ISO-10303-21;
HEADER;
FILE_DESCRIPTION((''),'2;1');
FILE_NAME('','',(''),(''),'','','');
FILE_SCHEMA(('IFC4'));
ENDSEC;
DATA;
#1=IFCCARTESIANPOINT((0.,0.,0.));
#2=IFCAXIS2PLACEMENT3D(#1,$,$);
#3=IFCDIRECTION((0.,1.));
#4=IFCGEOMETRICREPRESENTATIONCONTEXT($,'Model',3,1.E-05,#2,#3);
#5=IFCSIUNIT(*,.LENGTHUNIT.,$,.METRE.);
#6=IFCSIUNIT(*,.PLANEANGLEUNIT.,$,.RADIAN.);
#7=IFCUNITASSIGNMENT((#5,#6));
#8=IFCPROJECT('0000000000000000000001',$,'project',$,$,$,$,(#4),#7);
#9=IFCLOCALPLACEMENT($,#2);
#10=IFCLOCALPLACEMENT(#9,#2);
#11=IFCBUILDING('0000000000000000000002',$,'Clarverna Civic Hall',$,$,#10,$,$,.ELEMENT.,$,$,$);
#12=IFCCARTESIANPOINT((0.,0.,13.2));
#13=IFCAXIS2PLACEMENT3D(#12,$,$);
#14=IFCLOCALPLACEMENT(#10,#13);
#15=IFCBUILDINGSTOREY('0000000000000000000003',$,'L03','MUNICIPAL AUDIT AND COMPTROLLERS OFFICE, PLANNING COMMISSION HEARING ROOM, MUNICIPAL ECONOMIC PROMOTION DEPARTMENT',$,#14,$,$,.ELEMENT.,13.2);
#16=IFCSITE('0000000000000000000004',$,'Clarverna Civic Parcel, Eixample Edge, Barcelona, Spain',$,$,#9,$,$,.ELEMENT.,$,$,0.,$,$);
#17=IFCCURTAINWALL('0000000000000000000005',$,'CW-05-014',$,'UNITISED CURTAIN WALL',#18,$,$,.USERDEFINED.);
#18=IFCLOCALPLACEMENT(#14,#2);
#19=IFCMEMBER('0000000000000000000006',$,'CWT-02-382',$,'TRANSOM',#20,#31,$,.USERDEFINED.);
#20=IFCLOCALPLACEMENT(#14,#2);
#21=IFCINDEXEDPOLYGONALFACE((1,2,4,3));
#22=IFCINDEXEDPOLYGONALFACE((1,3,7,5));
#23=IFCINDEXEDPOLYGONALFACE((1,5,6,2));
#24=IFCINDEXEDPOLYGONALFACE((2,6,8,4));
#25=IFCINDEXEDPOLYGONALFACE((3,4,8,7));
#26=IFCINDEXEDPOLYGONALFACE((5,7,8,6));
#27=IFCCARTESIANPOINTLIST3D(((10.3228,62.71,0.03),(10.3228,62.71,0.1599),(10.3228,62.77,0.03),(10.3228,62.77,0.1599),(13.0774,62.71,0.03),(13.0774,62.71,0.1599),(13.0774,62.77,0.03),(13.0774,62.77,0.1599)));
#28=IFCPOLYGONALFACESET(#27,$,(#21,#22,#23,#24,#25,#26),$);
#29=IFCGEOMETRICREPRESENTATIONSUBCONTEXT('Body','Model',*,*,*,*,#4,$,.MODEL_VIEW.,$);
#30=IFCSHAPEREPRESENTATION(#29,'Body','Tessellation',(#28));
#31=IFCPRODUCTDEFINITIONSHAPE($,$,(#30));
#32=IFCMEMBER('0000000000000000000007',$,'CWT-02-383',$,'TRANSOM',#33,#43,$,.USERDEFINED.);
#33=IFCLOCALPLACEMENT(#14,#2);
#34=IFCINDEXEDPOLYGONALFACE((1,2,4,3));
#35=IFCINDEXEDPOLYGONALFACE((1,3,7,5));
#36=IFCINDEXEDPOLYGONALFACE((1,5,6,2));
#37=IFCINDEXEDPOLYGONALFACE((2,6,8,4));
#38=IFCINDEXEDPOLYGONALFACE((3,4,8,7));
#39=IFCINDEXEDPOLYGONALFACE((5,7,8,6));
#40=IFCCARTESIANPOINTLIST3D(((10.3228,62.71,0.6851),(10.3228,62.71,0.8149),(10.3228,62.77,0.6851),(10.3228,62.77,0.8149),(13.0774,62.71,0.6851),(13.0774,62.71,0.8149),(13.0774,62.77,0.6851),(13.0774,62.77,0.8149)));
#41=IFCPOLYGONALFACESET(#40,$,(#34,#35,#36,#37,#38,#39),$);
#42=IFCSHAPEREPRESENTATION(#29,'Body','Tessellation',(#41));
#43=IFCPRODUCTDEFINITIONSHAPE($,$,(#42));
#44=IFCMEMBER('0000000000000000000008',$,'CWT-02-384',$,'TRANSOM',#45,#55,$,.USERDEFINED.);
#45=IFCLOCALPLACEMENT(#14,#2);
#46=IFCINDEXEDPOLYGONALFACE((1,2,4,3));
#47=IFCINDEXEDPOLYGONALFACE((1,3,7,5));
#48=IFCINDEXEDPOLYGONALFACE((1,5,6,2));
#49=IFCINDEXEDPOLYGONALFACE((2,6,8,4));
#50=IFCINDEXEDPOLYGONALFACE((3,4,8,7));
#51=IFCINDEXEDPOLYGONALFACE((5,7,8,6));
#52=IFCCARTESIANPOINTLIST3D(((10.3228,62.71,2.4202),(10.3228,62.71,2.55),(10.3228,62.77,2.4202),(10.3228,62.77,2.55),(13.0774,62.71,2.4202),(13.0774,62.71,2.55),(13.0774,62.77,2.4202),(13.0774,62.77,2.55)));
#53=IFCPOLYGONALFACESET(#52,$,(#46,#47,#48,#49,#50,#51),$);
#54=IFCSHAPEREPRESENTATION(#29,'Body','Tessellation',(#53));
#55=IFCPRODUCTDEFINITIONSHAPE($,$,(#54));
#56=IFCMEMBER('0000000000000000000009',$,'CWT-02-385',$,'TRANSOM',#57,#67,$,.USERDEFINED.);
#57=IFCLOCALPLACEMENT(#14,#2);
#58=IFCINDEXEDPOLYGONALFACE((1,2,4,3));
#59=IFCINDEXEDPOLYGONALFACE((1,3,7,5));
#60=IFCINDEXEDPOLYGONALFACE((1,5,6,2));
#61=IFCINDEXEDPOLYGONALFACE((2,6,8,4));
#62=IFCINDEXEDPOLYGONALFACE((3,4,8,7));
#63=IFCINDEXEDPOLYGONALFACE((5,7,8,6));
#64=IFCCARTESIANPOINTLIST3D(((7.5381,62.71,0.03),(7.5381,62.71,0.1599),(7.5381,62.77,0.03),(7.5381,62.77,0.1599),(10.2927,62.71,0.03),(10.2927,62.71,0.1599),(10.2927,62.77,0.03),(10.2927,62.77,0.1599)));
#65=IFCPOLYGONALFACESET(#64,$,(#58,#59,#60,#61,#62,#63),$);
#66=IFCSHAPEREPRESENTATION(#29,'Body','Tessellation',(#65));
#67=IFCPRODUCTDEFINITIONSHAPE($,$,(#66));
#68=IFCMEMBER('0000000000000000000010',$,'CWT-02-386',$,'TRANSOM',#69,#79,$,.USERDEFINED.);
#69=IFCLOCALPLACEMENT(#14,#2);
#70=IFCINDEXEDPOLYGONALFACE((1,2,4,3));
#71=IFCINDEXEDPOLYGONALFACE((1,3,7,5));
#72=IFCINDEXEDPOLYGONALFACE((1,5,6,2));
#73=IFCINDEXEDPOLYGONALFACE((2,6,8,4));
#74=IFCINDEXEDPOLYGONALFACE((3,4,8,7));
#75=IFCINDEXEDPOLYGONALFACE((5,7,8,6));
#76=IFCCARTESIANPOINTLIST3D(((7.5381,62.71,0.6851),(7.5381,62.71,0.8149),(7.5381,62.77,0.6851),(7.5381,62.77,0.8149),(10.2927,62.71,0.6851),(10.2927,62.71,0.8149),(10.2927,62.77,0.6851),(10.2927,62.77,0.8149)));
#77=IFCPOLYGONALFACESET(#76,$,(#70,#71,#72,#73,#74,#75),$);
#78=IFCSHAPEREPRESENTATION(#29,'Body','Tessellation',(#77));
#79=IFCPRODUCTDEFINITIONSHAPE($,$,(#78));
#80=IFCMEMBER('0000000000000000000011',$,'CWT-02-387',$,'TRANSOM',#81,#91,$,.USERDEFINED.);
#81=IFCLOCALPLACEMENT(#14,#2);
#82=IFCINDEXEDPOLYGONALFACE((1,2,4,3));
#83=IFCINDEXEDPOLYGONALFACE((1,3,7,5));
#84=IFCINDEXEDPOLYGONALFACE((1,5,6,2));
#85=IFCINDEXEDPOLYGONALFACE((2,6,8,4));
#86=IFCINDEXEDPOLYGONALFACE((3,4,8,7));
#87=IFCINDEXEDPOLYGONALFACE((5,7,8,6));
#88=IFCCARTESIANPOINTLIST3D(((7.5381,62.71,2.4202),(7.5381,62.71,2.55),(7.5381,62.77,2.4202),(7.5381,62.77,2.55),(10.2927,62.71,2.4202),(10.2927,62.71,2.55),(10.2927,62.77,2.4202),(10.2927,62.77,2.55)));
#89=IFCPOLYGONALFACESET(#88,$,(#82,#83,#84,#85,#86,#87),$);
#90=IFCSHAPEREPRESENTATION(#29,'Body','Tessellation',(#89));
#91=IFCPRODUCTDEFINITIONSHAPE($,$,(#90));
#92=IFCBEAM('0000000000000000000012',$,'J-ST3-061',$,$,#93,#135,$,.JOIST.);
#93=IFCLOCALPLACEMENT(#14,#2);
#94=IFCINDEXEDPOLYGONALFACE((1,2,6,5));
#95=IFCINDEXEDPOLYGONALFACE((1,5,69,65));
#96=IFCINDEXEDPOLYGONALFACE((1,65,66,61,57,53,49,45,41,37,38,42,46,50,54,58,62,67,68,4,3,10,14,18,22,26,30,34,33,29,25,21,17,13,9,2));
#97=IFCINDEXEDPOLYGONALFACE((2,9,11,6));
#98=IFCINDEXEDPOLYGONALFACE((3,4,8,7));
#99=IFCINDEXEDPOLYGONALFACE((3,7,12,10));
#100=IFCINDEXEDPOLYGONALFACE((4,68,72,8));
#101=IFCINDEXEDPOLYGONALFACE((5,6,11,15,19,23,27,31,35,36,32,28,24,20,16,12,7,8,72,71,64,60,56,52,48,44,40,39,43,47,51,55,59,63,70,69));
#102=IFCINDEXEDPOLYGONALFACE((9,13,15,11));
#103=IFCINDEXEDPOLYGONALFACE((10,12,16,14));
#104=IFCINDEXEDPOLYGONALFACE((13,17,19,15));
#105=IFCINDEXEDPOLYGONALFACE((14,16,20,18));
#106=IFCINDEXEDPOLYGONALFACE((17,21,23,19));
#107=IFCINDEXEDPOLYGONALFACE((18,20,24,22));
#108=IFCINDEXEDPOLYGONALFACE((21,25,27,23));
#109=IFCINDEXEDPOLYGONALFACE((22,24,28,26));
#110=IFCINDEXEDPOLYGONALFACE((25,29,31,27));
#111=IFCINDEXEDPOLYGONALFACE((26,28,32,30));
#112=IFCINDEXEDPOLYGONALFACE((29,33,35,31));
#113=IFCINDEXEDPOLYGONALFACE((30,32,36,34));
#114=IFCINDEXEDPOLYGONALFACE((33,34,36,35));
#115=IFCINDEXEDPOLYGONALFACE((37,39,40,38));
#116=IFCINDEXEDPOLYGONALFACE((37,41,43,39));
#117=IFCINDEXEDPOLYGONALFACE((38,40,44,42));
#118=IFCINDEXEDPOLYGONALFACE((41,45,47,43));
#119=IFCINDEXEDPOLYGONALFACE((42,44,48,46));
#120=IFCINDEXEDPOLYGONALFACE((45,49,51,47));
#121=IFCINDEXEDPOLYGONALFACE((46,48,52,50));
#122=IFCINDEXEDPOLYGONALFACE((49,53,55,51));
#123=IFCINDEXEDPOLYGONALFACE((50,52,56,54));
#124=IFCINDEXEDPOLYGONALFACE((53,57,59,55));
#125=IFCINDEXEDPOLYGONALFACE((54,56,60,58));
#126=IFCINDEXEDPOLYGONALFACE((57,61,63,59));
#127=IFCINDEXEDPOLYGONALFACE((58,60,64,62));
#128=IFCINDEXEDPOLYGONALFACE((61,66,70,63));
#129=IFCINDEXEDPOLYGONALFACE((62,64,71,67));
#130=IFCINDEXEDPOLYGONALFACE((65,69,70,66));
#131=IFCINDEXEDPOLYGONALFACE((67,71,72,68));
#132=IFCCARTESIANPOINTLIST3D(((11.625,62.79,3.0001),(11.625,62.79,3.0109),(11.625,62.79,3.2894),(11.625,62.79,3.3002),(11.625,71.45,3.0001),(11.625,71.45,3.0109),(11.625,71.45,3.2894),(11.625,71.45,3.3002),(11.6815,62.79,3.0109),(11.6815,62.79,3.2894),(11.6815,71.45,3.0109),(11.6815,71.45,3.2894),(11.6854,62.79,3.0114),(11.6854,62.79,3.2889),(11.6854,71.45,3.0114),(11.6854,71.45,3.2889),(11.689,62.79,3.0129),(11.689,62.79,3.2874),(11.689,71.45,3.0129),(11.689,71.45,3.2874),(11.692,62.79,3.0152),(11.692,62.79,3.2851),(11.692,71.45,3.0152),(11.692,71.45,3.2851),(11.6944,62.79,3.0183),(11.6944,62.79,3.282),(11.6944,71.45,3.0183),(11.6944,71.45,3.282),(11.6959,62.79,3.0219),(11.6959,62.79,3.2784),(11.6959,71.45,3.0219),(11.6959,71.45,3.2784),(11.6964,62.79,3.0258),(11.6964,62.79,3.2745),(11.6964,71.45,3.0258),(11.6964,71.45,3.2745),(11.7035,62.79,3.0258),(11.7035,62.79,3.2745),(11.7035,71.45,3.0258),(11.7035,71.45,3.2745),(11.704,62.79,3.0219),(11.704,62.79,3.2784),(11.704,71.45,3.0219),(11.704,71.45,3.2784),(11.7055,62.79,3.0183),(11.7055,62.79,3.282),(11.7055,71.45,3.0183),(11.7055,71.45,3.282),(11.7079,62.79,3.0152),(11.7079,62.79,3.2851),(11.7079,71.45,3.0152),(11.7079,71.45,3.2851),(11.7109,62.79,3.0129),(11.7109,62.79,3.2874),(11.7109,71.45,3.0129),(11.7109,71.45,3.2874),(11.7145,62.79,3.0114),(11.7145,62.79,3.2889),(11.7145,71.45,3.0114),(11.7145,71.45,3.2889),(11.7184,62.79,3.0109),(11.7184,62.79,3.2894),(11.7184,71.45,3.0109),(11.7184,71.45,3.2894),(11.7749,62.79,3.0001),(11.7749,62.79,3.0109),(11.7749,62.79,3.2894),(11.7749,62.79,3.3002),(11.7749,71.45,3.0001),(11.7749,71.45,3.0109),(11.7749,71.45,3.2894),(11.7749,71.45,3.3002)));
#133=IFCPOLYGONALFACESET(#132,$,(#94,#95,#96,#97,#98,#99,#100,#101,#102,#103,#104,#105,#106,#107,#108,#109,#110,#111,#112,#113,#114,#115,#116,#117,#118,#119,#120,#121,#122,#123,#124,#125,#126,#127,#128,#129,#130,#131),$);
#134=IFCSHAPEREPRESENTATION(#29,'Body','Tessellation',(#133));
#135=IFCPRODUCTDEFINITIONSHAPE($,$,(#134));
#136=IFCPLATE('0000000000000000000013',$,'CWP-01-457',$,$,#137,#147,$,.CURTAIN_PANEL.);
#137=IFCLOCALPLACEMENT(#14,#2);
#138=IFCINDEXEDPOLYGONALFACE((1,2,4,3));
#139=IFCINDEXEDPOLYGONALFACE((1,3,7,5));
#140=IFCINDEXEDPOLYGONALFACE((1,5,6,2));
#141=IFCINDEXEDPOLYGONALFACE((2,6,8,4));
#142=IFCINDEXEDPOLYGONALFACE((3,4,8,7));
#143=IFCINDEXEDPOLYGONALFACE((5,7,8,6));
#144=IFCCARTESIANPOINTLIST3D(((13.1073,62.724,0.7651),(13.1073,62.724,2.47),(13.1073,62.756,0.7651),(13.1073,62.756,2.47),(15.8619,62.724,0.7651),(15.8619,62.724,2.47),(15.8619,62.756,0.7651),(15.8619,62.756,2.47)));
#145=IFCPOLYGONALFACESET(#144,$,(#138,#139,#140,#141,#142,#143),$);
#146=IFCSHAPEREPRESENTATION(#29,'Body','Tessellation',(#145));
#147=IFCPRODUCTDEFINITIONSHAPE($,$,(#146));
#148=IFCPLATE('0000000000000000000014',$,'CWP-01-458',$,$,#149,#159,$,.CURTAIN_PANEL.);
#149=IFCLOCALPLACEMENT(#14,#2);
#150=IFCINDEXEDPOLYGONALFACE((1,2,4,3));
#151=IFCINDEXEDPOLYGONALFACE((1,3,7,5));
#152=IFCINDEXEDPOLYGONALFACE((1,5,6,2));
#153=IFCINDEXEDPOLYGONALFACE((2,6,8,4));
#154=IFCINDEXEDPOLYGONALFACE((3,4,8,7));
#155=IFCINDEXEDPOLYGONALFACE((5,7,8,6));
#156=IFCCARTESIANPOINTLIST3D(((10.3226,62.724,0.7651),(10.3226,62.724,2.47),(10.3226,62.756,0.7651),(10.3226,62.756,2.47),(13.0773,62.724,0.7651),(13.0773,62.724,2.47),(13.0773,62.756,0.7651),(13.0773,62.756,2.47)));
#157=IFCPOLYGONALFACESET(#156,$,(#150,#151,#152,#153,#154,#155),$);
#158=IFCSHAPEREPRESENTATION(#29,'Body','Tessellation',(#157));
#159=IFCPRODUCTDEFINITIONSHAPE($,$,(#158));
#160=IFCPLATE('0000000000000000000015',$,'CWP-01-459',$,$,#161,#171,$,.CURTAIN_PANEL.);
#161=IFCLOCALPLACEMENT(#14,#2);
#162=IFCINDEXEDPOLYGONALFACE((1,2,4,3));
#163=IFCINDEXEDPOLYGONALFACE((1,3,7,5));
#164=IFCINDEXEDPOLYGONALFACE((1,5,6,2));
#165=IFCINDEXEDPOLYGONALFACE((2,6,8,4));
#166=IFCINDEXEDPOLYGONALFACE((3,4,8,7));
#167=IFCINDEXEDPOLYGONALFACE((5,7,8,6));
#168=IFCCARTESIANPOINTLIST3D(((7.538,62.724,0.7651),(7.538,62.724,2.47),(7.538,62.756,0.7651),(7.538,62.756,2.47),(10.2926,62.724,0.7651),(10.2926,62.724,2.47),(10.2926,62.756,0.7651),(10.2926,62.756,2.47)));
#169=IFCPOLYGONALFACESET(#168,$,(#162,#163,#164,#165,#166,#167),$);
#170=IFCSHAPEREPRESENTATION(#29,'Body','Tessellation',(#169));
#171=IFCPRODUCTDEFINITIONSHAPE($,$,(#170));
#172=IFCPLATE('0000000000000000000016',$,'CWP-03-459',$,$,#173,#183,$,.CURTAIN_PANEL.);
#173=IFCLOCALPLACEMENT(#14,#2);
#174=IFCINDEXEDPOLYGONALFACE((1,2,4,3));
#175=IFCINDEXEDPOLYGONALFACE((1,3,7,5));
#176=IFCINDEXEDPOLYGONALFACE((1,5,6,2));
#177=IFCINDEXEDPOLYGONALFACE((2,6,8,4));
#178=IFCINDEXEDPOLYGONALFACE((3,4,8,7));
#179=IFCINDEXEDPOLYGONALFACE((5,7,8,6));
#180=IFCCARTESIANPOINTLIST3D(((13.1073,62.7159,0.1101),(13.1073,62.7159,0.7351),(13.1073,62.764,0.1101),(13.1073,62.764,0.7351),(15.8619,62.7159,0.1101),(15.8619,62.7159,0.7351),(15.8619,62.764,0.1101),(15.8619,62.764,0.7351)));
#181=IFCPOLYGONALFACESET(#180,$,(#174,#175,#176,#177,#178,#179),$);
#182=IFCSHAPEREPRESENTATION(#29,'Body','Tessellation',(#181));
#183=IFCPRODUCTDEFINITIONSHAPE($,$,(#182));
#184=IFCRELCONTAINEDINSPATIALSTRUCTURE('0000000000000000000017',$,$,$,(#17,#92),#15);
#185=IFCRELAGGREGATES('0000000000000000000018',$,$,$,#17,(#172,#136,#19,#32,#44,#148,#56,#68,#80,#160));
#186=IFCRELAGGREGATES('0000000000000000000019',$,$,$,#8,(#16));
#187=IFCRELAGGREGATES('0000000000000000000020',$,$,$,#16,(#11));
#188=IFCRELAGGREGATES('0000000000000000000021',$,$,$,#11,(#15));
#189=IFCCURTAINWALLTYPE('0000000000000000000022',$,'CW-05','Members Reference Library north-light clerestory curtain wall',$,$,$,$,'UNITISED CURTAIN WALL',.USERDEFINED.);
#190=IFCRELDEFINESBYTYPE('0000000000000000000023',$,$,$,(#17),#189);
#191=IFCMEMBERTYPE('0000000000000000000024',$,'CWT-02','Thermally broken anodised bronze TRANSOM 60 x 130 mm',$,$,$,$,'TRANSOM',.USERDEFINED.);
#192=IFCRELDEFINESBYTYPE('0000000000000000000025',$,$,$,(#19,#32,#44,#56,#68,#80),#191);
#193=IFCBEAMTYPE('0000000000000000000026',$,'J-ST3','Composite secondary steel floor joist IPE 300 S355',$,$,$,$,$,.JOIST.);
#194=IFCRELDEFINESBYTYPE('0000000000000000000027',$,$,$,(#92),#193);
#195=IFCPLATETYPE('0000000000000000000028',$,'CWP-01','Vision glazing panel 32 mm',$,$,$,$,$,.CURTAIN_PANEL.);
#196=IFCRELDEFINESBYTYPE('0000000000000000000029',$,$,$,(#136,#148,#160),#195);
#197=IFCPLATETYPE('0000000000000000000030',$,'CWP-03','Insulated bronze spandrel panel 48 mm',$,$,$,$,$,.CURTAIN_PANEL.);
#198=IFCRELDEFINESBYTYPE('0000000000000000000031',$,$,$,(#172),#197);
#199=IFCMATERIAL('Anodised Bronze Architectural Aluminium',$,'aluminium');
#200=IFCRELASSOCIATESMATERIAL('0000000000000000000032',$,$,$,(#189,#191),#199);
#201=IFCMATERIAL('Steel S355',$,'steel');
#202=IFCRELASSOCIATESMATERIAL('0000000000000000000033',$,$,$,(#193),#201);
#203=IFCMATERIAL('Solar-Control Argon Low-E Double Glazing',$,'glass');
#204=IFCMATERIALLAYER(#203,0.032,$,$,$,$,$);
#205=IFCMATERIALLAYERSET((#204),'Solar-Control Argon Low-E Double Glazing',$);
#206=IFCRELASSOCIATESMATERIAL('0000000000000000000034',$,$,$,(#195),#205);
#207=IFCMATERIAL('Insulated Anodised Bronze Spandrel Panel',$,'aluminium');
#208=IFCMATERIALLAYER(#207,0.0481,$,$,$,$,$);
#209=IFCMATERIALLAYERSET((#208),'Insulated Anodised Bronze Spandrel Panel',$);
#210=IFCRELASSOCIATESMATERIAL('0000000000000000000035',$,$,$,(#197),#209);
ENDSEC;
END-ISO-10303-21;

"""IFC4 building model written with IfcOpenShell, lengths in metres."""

from ifc_helpers import new_model, si_unit, direction, frame, frame_2d, origin, origin_2d, place, context, subcontext, project, spatial, rectangle, i_section, extrude, material, layer, layer_set, material_profile, profile_set, type_object, element, aggregate, save


model = new_model("IFC4")

# Units and contexts
model_context = context("Model", 3, precision=1e-05, world=origin(), true_north=direction((0.0, 1.0)))
body_context = subcontext(model_context, "Body", "Model", "MODEL_VIEW")
ifc_project = project(units=[si_unit("LENGTHUNIT", "METRE"), si_unit("PLANEANGLEUNIT", "RADIAN")], contexts=[model_context])

# Site, building, storey
site_placement = place(None, origin())
site = spatial("IfcSite", under=ifc_project, at=site_placement, Name="Clarverna Civic Parcel, Eixample Edge, Barcelona, Spain", CompositionType="ELEMENT", RefElevation=0.0)
building_placement = place(site_placement, origin())
building = spatial("IfcBuilding", under=site, at=building_placement, Name="Clarverna Civic Hall", CompositionType="ELEMENT")
storey_placement = place(building_placement, frame((0.0, 0.0, 13.2)))
storey = spatial("IfcBuildingStorey", under=building, at=storey_placement, Name="L03", Description="MUNICIPAL AUDIT AND COMPTROLLERS OFFICE, PLANNING COMMISSION HEARING ROOM, MUNICIPAL ECONOMIC PROMOTION DEPARTMENT", CompositionType="ELEMENT", Elevation=13.2)

# Curtain wall, members
ifc_material_1 = material(Name="Anodised Bronze Architectural Aluminium", Category="aluminium")
curtain_wall_type = type_object("IfcCurtainWallType", Name="CW-05", Description="Members Reference Library north-light clerestory curtain wall", ElementType="UNITISED CURTAIN WALL", PredefinedType="USERDEFINED", material=ifc_material_1)
curtain_wall_placement = place(storey_placement, origin())
curtain_wall = element("IfcCurtainWall", 1, at=curtain_wall_placement, inside=storey, type_object=curtain_wall_type, Name="CW-05-014", ObjectType="UNITISED CURTAIN WALL", PredefinedType="USERDEFINED")
ifc_material_profile_1 = material_profile(ifc_material_1, rectangle(XDim=0.0601, YDim=0.1299, at=origin_2d()), Name="BRONZE 60x130")
ifc_profile_set_1 = profile_set([ifc_material_profile_1], Name="Anodised Bronze Architectural Aluminium")
member_type_1 = type_object("IfcMemberType", Name="CWT-02", Description="Thermally broken anodised bronze TRANSOM 60 x 130 mm", ElementType="TRANSOM", PredefinedType="USERDEFINED", material=ifc_profile_set_1)
member_1_placement = place(storey_placement, frame((13.0774, 62.74, 0.095), z_axis=(-1.0, 0.0, 0.0), x_axis=(0.0, -1.0, 0.0)))
member_1 = element("IfcMember", 2, at=member_1_placement, type_object=member_type_1, Name="CWT-02-382", ObjectType="TRANSOM", PredefinedType="USERDEFINED", context=body_context, shape_type="SweptSolid", body=[
    extrude(rectangle(XDim=0.0601, YDim=0.1299, at=origin_2d()), origin(), (0.0, 0.0, 1.0), 2.7546),
])
member_2_placement = place(storey_placement, frame((13.0774, 62.74, 0.75), z_axis=(-1.0, 0.0, 0.0), x_axis=(0.0, -1.0, 0.0)))
member_2 = element("IfcMember", 3, at=member_2_placement, type_object=member_type_1, Name="CWT-02-383", ObjectType="TRANSOM", PredefinedType="USERDEFINED", context=body_context, shape_type="SweptSolid", body=[
    extrude(rectangle(XDim=0.0601, YDim=0.1299, at=origin_2d()), origin(), (0.0, 0.0, 1.0), 2.7546),
])
member_3_placement = place(storey_placement, frame((13.0774, 62.74, 2.4851), z_axis=(-1.0, 0.0, 0.0), x_axis=(0.0, -1.0, 0.0)))
member_3 = element("IfcMember", 4, at=member_3_placement, type_object=member_type_1, Name="CWT-02-384", ObjectType="TRANSOM", PredefinedType="USERDEFINED", context=body_context, shape_type="SweptSolid", body=[
    extrude(rectangle(XDim=0.0601, YDim=0.1299, at=origin_2d()), origin(), (0.0, 0.0, 1.0), 2.7546),
])
member_4_placement = place(storey_placement, frame((10.2927, 62.74, 0.095), z_axis=(-1.0, 0.0, 0.0), x_axis=(0.0, -1.0, 0.0)))
member_4 = element("IfcMember", 5, at=member_4_placement, type_object=member_type_1, Name="CWT-02-385", ObjectType="TRANSOM", PredefinedType="USERDEFINED", context=body_context, shape_type="SweptSolid", body=[
    extrude(rectangle(XDim=0.0601, YDim=0.1299, at=origin_2d()), origin(), (0.0, 0.0, 1.0), 2.7546),
])
member_5_placement = place(storey_placement, frame((10.2927, 62.74, 0.75), z_axis=(-1.0, 0.0, 0.0), x_axis=(0.0, -1.0, 0.0)))
member_5 = element("IfcMember", 6, at=member_5_placement, type_object=member_type_1, Name="CWT-02-386", ObjectType="TRANSOM", PredefinedType="USERDEFINED", context=body_context, shape_type="SweptSolid", body=[
    extrude(rectangle(XDim=0.0601, YDim=0.1299, at=origin_2d()), origin(), (0.0, 0.0, 1.0), 2.7546),
])
member_6_placement = place(storey_placement, frame((10.2927, 62.74, 2.4851), z_axis=(-1.0, 0.0, 0.0), x_axis=(0.0, -1.0, 0.0)))
member_6 = element("IfcMember", 7, at=member_6_placement, type_object=member_type_1, Name="CWT-02-387", ObjectType="TRANSOM", PredefinedType="USERDEFINED", context=body_context, shape_type="SweptSolid", body=[
    extrude(rectangle(XDim=0.0601, YDim=0.1299, at=origin_2d()), origin(), (0.0, 0.0, 1.0), 2.7546),
])

# Beam
ifc_material_2 = material(Name="Steel S355", Category="steel")
ifc_material_profile_2 = material_profile(ifc_material_2, i_section(OverallWidth=0.1499, OverallDepth=0.3, WebThickness=0.0071, FlangeThickness=0.0107, FilletRadius=0.0149, at=origin_2d()), Name="IPE 300")
ifc_profile_set_2 = profile_set([ifc_material_profile_2], Name="Steel S355")
beam_type_1 = type_object("IfcBeamType", Name="J-ST3", Description="Composite secondary steel floor joist IPE 300 S355", PredefinedType="JOIST", material=ifc_profile_set_2)
beam_1_placement = place(storey_placement, frame((11.7, 62.79, 3.1501), z_axis=(0.0, 1.0, 0.0), x_axis=(-1.0, 0.0, 0.0)))
element("IfcBeam", 8, at=beam_1_placement, inside=storey, type_object=beam_type_1, Name="J-ST3-061", PredefinedType="JOIST", context=body_context, shape_type="SweptSolid", body=[
    extrude(i_section(OverallWidth=0.1499, OverallDepth=0.3, WebThickness=0.0071, FlangeThickness=0.0107, FilletRadius=0.0149, at=origin_2d()), origin(), (0.0, 0.0, 1.0), 8.6599),
])

# Plates
ifc_material_3 = material(Name="Solar-Control Argon Low-E Double Glazing", Category="glass")
ifc_layer_1 = layer(ifc_material_3, 0.032)
ifc_layer_set_1 = layer_set([ifc_layer_1], Name="Solar-Control Argon Low-E Double Glazing")
plate_type_1 = type_object("IfcPlateType", Name="CWP-01", Description="Vision glazing panel 32 mm", PredefinedType="CURTAIN_PANEL", material=ifc_layer_set_1)
plate_1_placement = place(storey_placement, frame((15.8621, 62.74, 0.7651), z_axis=(0.0, 0.0, 1.0), x_axis=(-1.0, 0.0, 0.0)))
plate_1 = element("IfcPlate", 9, at=plate_1_placement, type_object=plate_type_1, Name="CWP-01-457", PredefinedType="CURTAIN_PANEL", context=body_context, shape_type="SweptSolid", body=[
    extrude(rectangle(XDim=2.7546, YDim=0.032, at=frame_2d((1.3774, 0.0))), origin(), (0.0, 0.0, 1.0), 1.7048),
])
plate_2_placement = place(storey_placement, frame((13.0774, 62.74, 0.7651), z_axis=(0.0, 0.0, 1.0), x_axis=(-1.0, 0.0, 0.0)))
plate_2 = element("IfcPlate", 10, at=plate_2_placement, type_object=plate_type_1, Name="CWP-01-458", PredefinedType="CURTAIN_PANEL", context=body_context, shape_type="SweptSolid", body=[
    extrude(rectangle(XDim=2.7546, YDim=0.032, at=frame_2d((1.3774, 0.0))), origin(), (0.0, 0.0, 1.0), 1.7048),
])
plate_3_placement = place(storey_placement, frame((10.2927, 62.74, 0.7651), z_axis=(0.0, 0.0, 1.0), x_axis=(-1.0, 0.0, 0.0)))
plate_3 = element("IfcPlate", 11, at=plate_3_placement, type_object=plate_type_1, Name="CWP-01-459", PredefinedType="CURTAIN_PANEL", context=body_context, shape_type="SweptSolid", body=[
    extrude(rectangle(XDim=2.7546, YDim=0.032, at=frame_2d((1.3774, 0.0))), origin(), (0.0, 0.0, 1.0), 1.7048),
])
ifc_material_4 = material(Name="Insulated Anodised Bronze Spandrel Panel", Category="aluminium")
ifc_layer_2 = layer(ifc_material_4, 0.0481)
ifc_layer_set_2 = layer_set([ifc_layer_2], Name="Insulated Anodised Bronze Spandrel Panel")
plate_type_2 = type_object("IfcPlateType", Name="CWP-03", Description="Insulated bronze spandrel panel 48 mm", PredefinedType="CURTAIN_PANEL", material=ifc_layer_set_2)
plate_4_placement = place(storey_placement, frame((15.8621, 62.74, 0.1101), z_axis=(0.0, 0.0, 1.0), x_axis=(-1.0, 0.0, 0.0)))
plate_4 = element("IfcPlate", 12, at=plate_4_placement, type_object=plate_type_2, Name="CWP-03-459", PredefinedType="CURTAIN_PANEL", context=body_context, shape_type="SweptSolid", body=[
    extrude(rectangle(XDim=2.7546, YDim=0.0481, at=frame_2d((1.3774, 0.0))), origin(), (0.0, 0.0, 1.0), 0.625),
])
aggregate(curtain_wall, [plate_4, plate_1, member_1, member_2, member_3, plate_2, member_4, member_5, member_6, plate_3])

save(model, "model.ifc")
